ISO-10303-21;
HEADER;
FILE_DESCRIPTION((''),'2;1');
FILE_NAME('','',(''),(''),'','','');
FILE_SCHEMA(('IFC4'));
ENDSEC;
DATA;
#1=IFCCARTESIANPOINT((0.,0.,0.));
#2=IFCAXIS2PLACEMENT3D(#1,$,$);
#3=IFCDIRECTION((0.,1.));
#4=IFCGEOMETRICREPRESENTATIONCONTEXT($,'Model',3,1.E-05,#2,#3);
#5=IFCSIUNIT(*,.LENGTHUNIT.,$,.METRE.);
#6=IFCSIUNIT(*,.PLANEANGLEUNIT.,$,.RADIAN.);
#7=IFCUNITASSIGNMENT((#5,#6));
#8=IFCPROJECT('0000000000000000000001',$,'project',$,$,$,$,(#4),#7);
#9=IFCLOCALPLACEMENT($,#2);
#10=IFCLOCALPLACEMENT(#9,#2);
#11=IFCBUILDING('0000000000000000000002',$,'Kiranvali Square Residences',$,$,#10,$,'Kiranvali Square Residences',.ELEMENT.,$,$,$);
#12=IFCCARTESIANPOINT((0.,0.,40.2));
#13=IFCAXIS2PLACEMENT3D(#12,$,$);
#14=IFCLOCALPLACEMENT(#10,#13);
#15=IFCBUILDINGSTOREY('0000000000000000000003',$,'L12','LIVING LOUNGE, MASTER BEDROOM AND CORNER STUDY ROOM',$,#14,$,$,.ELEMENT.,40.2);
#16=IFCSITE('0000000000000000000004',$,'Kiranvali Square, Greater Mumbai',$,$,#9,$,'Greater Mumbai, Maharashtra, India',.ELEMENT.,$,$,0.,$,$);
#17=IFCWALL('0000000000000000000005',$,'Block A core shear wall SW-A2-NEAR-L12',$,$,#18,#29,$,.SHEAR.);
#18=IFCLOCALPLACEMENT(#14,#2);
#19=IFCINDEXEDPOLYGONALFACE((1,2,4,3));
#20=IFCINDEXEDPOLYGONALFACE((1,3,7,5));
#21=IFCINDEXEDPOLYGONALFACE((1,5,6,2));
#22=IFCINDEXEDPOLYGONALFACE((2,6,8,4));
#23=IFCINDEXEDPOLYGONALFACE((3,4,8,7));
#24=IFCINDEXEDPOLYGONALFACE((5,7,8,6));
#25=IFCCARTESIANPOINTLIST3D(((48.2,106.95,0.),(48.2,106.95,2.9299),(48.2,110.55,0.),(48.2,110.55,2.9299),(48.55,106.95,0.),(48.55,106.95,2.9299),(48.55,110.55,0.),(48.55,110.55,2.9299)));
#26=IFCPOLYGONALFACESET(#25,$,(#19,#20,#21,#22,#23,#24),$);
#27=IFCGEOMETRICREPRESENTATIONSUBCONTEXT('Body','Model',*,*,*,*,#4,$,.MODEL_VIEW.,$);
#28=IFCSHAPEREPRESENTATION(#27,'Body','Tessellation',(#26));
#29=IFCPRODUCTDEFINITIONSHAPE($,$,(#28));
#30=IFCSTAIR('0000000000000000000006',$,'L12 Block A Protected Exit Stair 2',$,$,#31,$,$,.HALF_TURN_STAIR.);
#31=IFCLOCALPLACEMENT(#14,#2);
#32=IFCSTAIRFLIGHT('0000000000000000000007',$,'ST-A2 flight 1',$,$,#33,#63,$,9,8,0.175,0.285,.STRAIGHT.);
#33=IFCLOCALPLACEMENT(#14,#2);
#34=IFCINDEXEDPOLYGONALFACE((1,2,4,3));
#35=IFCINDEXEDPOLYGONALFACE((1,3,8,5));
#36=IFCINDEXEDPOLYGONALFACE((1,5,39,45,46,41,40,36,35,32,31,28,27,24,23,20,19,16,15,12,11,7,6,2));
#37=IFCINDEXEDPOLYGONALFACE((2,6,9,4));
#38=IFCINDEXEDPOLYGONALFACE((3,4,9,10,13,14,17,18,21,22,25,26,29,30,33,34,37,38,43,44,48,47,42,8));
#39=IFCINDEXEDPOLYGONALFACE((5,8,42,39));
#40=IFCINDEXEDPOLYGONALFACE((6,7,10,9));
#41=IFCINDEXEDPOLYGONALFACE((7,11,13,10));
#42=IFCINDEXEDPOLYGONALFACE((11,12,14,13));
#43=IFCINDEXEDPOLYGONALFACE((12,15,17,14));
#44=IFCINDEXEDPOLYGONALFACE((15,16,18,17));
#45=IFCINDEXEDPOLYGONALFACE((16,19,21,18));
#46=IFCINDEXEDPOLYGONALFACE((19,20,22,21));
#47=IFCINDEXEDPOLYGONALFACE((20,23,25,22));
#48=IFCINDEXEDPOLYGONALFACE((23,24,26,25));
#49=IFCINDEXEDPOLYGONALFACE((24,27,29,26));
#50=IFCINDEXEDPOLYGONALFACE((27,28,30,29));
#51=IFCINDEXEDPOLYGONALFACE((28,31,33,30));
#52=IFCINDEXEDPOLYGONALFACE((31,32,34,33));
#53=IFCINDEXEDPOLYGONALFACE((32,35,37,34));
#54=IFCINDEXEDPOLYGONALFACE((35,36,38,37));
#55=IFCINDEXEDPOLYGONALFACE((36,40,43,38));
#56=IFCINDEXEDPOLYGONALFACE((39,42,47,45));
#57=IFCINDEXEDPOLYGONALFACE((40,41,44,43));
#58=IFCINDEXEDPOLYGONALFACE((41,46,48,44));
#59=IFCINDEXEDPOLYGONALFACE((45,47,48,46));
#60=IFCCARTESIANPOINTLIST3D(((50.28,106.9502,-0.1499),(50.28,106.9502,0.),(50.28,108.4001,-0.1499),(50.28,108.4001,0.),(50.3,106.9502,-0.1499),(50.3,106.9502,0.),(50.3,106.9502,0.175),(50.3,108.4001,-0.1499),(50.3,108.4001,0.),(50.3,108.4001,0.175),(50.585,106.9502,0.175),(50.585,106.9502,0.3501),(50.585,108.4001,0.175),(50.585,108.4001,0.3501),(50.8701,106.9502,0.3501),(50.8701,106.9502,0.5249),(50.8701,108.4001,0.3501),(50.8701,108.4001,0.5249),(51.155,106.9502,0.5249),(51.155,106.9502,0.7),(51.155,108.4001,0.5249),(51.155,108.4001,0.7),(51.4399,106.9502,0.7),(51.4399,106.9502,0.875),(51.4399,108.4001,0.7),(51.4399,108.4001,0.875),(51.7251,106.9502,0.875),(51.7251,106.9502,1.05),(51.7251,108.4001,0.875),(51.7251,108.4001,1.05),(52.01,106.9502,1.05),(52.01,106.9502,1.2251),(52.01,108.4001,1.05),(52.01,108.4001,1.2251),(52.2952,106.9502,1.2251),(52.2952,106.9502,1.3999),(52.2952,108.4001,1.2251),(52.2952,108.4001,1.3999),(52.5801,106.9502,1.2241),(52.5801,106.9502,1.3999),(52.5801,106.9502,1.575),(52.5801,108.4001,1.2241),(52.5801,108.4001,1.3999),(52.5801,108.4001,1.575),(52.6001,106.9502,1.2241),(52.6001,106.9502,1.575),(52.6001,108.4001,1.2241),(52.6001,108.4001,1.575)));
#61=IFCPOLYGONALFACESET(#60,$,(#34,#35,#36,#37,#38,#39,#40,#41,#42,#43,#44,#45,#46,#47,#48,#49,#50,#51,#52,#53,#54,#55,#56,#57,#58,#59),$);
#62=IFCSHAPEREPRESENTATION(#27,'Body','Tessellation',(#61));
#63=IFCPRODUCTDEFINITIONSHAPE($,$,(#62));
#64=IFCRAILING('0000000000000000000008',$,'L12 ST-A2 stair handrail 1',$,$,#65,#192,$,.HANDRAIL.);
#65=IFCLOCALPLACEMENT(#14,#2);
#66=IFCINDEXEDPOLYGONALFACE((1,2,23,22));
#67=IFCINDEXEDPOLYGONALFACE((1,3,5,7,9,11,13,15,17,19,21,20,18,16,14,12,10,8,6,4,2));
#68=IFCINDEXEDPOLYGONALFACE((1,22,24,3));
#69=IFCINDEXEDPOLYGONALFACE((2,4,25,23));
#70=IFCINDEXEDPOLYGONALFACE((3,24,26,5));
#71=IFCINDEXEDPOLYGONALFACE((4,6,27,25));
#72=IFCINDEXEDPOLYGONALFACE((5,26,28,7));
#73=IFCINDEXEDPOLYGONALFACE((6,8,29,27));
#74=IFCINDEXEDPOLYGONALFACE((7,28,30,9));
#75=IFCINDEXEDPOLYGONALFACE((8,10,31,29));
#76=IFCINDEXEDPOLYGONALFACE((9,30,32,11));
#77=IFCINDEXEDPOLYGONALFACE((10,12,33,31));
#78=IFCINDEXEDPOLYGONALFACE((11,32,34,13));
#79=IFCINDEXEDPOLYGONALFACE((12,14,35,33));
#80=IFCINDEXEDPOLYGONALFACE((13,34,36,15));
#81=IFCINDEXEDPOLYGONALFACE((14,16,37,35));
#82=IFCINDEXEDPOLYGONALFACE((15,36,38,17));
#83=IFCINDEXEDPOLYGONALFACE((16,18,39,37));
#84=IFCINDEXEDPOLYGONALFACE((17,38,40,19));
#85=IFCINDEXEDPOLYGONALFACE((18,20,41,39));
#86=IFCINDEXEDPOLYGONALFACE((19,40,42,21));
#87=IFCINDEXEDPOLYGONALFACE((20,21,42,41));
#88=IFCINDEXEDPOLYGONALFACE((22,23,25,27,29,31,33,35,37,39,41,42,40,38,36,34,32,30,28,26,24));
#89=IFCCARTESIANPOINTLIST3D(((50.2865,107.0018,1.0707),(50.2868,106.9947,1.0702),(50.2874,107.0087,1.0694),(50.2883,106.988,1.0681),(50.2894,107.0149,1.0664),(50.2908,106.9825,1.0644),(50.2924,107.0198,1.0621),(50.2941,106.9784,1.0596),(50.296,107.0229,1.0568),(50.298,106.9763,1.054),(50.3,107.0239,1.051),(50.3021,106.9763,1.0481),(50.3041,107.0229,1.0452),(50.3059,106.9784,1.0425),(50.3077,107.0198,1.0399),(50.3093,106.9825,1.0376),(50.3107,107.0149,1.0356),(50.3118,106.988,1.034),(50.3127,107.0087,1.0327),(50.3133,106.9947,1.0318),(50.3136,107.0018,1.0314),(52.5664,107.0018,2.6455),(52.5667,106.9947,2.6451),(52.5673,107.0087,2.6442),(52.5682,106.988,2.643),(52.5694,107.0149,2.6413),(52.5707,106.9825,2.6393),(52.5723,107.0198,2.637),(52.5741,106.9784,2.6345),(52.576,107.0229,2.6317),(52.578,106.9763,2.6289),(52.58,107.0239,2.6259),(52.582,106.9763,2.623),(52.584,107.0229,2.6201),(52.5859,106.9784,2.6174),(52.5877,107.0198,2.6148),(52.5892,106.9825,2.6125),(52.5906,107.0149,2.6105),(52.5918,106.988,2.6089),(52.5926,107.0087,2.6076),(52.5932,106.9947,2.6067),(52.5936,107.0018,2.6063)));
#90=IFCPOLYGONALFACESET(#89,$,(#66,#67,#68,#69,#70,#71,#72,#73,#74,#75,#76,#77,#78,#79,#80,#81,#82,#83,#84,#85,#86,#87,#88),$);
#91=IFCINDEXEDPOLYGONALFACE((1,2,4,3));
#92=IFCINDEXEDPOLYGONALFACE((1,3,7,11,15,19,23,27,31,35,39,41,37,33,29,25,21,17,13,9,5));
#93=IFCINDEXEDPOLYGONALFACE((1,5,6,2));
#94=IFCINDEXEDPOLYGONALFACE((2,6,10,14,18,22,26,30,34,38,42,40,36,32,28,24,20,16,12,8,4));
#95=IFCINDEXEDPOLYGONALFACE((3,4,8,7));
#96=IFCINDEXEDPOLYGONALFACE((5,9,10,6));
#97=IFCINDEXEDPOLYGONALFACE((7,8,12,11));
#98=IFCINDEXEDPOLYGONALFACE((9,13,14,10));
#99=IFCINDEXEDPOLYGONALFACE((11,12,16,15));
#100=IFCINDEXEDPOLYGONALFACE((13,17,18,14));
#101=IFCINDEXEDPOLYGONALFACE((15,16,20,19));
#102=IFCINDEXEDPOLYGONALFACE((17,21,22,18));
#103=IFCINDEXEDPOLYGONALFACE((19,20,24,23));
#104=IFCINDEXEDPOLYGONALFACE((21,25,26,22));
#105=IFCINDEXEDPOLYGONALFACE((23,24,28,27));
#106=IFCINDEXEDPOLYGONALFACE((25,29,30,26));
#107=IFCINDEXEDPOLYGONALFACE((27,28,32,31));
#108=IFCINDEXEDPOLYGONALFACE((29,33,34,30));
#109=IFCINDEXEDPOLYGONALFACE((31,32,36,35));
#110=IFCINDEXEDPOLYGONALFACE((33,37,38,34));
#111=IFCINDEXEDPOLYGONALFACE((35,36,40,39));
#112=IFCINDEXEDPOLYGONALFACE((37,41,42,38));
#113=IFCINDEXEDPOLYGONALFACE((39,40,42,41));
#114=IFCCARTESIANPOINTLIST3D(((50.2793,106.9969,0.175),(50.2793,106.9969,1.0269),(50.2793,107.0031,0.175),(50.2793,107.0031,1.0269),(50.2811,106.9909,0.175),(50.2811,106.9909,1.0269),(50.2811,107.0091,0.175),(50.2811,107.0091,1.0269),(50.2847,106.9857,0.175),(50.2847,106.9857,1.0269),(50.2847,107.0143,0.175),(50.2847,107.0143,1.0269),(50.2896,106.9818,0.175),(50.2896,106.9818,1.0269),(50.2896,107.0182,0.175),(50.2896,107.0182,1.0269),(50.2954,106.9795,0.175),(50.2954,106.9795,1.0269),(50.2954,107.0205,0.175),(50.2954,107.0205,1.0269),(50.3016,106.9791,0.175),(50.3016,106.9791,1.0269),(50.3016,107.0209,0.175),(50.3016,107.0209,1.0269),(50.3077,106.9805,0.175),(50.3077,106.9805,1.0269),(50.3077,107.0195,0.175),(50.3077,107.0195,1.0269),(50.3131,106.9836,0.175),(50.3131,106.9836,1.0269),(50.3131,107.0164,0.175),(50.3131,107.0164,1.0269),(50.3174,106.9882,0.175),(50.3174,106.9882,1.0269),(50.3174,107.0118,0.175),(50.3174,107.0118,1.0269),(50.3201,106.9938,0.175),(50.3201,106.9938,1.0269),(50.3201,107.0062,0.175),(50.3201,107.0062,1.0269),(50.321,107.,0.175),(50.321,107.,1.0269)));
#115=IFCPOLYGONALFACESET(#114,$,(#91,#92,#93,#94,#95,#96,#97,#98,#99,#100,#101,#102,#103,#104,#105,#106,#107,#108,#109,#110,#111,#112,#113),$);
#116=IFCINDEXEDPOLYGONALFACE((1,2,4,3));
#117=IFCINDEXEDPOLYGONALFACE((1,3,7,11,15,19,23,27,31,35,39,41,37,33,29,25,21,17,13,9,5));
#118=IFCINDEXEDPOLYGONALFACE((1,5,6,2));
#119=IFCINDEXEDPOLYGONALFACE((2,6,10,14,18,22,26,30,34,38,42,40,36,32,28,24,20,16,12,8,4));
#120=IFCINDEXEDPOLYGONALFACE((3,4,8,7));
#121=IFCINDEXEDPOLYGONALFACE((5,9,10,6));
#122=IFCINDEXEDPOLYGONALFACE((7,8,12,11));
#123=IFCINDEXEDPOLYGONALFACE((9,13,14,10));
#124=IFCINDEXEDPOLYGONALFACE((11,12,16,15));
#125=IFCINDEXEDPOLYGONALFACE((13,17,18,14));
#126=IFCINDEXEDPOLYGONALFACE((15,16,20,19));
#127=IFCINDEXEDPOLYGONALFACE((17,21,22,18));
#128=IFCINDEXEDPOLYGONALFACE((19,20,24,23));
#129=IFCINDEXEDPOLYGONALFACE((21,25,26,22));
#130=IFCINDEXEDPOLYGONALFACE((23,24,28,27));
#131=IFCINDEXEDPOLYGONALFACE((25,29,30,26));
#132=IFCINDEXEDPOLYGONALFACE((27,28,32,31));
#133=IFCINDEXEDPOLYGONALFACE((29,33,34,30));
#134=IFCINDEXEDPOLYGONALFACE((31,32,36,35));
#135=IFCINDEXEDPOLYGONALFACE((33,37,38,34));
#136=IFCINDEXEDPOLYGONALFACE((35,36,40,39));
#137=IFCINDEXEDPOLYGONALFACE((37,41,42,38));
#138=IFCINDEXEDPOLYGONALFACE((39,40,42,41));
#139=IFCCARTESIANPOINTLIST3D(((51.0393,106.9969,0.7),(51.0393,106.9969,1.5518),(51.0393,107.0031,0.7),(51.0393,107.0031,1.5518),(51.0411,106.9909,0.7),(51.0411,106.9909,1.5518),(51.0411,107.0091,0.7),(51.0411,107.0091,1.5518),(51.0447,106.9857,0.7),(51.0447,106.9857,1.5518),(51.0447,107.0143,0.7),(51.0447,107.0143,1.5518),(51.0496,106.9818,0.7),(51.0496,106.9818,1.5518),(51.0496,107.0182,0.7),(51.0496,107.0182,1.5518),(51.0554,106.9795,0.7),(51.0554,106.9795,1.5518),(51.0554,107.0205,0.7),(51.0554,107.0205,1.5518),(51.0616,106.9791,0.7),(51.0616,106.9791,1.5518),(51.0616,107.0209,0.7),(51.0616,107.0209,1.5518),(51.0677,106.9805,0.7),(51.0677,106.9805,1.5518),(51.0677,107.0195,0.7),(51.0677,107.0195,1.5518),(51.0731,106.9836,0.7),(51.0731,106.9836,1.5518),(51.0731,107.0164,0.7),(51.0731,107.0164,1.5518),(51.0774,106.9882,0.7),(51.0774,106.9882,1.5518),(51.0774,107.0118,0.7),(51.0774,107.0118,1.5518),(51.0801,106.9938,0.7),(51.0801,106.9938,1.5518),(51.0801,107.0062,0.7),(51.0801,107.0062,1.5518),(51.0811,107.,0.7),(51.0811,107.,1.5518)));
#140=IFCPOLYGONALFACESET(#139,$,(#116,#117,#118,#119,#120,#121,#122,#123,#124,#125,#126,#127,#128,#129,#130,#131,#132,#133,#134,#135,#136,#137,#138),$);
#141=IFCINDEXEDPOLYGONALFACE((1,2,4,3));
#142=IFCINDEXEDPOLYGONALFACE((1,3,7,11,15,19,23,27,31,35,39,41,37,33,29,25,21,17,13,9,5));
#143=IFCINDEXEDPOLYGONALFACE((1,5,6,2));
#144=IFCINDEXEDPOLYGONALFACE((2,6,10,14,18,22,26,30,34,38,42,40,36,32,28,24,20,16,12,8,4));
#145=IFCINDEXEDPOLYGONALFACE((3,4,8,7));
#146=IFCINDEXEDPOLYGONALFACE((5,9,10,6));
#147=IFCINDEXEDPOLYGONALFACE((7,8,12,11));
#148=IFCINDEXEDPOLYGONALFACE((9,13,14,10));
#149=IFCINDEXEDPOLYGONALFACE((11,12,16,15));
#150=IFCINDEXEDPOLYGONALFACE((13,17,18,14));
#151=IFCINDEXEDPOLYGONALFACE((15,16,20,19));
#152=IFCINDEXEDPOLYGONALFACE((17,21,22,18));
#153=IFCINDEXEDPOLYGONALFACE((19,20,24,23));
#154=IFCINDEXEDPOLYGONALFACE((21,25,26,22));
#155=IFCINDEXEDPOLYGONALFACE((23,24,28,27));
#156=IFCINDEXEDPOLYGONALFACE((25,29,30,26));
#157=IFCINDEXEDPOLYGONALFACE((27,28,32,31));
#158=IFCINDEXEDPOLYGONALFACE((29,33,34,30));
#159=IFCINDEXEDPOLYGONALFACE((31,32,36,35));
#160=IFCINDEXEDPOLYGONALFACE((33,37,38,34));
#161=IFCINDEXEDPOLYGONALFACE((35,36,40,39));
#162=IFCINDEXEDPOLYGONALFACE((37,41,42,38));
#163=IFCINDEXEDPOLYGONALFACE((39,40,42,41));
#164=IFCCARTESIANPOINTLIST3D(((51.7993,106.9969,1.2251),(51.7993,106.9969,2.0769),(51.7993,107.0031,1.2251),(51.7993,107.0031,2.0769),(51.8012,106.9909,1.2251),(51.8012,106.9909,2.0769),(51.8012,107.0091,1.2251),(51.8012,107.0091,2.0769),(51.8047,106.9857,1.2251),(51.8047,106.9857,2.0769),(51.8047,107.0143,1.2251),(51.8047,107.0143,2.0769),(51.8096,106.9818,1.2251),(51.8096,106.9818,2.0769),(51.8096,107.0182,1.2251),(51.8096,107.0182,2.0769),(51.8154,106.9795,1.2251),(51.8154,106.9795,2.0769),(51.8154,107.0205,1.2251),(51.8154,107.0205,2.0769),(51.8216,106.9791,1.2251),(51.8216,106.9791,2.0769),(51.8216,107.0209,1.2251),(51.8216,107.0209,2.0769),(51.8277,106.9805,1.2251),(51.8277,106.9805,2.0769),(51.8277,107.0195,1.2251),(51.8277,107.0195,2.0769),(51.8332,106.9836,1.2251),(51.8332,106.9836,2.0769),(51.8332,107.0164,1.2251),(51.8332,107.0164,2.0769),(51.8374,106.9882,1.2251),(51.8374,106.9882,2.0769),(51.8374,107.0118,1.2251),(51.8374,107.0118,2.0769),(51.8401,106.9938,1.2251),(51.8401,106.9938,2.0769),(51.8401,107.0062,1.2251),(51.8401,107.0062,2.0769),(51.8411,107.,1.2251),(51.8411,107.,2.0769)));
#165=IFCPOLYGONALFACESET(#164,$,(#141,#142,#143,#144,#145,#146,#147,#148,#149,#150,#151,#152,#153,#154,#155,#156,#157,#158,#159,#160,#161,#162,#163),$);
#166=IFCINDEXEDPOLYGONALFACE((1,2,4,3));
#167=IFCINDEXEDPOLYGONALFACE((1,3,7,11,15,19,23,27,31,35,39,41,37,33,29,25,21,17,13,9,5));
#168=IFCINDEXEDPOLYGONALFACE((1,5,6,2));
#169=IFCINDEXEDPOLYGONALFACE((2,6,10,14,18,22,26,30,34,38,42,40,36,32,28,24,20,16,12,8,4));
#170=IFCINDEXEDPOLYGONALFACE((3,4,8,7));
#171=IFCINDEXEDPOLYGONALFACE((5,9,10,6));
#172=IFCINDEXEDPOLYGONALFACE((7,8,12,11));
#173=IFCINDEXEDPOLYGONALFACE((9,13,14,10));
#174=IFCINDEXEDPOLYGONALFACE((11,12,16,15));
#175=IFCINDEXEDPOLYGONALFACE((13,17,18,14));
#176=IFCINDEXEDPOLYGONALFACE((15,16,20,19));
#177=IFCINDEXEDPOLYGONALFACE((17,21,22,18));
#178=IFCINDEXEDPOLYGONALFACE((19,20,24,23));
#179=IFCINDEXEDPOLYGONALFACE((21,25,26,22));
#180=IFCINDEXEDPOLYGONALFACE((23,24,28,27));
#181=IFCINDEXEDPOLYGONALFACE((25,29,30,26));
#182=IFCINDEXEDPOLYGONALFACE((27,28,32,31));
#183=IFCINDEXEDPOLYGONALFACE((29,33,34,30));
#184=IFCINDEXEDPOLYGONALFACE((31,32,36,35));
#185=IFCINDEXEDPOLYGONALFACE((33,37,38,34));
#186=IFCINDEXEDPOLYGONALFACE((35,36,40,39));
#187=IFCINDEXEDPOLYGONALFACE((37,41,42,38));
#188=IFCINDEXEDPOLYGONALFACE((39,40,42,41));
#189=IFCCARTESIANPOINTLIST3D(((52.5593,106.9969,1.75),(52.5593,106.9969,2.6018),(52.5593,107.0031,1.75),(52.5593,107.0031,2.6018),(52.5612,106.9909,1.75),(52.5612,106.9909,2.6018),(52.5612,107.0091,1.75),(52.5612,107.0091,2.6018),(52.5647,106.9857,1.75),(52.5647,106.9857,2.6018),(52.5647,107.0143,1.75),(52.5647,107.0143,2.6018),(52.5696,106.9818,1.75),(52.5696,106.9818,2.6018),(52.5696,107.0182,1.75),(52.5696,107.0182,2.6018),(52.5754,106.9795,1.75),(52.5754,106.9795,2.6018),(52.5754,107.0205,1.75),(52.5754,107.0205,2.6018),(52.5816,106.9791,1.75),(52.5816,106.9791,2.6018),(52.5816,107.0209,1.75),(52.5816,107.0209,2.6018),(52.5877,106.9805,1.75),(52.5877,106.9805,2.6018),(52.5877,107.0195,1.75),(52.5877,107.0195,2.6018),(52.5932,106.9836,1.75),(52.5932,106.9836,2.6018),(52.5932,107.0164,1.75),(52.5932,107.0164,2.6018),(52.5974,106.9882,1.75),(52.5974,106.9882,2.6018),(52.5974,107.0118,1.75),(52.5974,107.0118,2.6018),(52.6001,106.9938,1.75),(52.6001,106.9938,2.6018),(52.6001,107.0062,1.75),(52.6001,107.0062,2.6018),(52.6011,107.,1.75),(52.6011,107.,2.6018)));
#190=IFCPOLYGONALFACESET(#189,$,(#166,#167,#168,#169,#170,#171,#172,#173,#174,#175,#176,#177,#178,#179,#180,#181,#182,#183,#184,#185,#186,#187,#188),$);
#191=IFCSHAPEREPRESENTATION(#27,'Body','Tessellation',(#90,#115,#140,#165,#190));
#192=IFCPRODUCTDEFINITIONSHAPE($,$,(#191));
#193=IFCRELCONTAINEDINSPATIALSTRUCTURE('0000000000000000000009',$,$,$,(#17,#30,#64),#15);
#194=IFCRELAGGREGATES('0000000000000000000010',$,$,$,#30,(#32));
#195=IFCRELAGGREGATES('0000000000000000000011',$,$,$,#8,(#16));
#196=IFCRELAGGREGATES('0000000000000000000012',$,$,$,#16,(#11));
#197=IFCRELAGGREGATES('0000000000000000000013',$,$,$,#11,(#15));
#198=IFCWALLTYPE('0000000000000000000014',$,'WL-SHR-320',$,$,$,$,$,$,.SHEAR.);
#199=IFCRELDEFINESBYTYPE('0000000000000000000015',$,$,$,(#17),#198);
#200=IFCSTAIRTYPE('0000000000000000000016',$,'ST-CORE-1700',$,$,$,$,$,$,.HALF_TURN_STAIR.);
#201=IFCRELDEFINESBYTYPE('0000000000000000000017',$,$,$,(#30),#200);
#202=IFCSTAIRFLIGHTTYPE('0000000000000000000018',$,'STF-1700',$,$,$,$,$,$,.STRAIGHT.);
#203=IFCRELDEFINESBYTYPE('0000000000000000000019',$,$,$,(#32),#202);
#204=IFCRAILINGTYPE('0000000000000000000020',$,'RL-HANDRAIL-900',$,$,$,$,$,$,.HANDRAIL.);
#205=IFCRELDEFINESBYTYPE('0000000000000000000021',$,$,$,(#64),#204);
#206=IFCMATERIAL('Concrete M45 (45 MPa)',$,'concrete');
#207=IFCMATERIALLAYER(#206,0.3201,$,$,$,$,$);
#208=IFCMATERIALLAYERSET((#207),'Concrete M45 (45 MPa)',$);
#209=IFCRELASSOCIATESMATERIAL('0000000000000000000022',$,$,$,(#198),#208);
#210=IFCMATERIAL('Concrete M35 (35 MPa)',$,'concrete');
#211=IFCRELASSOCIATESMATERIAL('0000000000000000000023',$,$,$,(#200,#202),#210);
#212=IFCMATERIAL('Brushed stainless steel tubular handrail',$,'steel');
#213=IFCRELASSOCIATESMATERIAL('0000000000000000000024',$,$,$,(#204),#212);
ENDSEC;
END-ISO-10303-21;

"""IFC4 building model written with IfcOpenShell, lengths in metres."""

from ifc_helpers import new_model, si_unit, direction, frame, frame_2d, origin, origin_2d, place, context, subcontext, project, spatial, polyline, rectangle, circle, outline, extrude, material, layer, layer_set, type_object, element, aggregate, save


model = new_model("IFC4")

# Units and contexts
model_context = context("Model", 3, precision=1e-05, world=origin(), true_north=direction((0.0, 1.0)))
body_context = subcontext(model_context, "Body", "Model", "MODEL_VIEW")
ifc_project = project(units=[si_unit("LENGTHUNIT", "METRE"), si_unit("PLANEANGLEUNIT", "RADIAN")], contexts=[model_context])

# Site, building, storey
site_placement = place(None, origin())
site = spatial("IfcSite", under=ifc_project, at=site_placement, Name="Kiranvali Square, Greater Mumbai", LongName="Greater Mumbai, Maharashtra, India", CompositionType="ELEMENT", RefElevation=0.0)
building_placement = place(site_placement, origin())
building = spatial("IfcBuilding", under=site, at=building_placement, Name="Kiranvali Square Residences", LongName="Kiranvali Square Residences", CompositionType="ELEMENT")
storey_placement = place(building_placement, frame((0.0, 0.0, 40.2)))
storey = spatial("IfcBuildingStorey", under=building, at=storey_placement, Name="L12", Description="LIVING LOUNGE, MASTER BEDROOM AND CORNER STUDY ROOM", CompositionType="ELEMENT", Elevation=40.2)

# Shared definitions
ifc_material_1 = material(Name="Concrete M45 (45 MPa)", Category="concrete")

# Shared definitions
ifc_layer_1 = layer(ifc_material_1, 0.3201)
ifc_layer_set_1 = layer_set([ifc_layer_1], Name="Concrete M45 (45 MPa)")
wall_type_1 = type_object("IfcWallType", Name="WL-SHR-320", PredefinedType="SHEAR", material=ifc_layer_set_1)

# Wall
wall_1_placement = place(storey_placement, frame((48.375, 106.95, 0.0), z_axis=(0.0, 0.0, 1.0), x_axis=(0.0, 1.0, 0.0)))
element("IfcWall", 1, at=wall_1_placement, inside=storey, type_object=wall_type_1, Name="Block A core shear wall SW-A2-NEAR-L12", PredefinedType="SHEAR", context=body_context, shape_type="SweptSolid", body=[
    extrude(rectangle(XDim=3.6001, YDim=0.3501, at=frame_2d((1.8, 0.0))), origin(), (0.0, 0.0, 1.0), 2.9299),
])

# Stair, stair flight
ifc_material_2 = material(Name="Concrete M35 (35 MPa)", Category="concrete")
stair_type = type_object("IfcStairType", Name="ST-CORE-1700", PredefinedType="HALF_TURN_STAIR", material=ifc_material_2)
stair_placement = place(storey_placement, origin())
stair = element("IfcStair", 2, at=stair_placement, inside=storey, type_object=stair_type, Name="L12 Block A Protected Exit Stair 2", PredefinedType="HALF_TURN_STAIR")
stair_flight_type = type_object("IfcStairFlightType", Name="STF-1700", PredefinedType="STRAIGHT", material=ifc_material_2)
stair_flight_placement = place(storey_placement, frame((50.3, 107.675, 0.0), z_axis=(0.0, 0.0, 1.0), x_axis=(1.0, 0.0, 0.0)))
stair_flight = element("IfcStairFlight", 3, at=stair_flight_placement, type_object=stair_flight_type, Name="ST-A2 flight 1", NumberOfRisers=9, NumberOfTreads=8, PredefinedType="STRAIGHT", RiserHeight=0.175, TreadLength=0.285, context=body_context, shape_type="SweptSolid", body=[
    extrude(outline(polyline([(-0.02, -0.1499), (-0.02, 0.0), (0.0, 0.0), (0.0, 0.175), (0.2849, 0.175), (0.2849, 0.3501), (0.5701, 0.3501), (0.5701, 0.5249), (0.855, 0.5249), (0.855, 0.7), (1.1399, 0.7), (1.1399, 0.875), (1.425, 0.875), (1.425, 1.05), (1.71, 1.05), (1.71, 1.2251), (1.9951, 1.2251), (1.9951, 1.3999), (2.28, 1.3999), (2.28, 1.575), (2.3, 1.575), (2.3, 1.2241), (2.28, 1.2241), (0.0, -0.1499), (-0.02, -0.1499)])), frame((0.0, 0.7251, 0.0), z_axis=(0.0, -1.0, 0.0), x_axis=(1.0, 0.0, 0.0)), (0.0, 0.0, 1.0), 1.45),
])
aggregate(stair, [stair_flight])

# Railing
ifc_material_3 = material(Name="Brushed stainless steel tubular handrail", Category="steel")
railing_type_1 = type_object("IfcRailingType", Name="RL-HANDRAIL-900", PredefinedType="HANDRAIL", material=ifc_material_3)
railing_1_placement = place(storey_placement, frame((50.3, 107.0, 0.175)))
element("IfcRailing", 4, at=railing_1_placement, inside=storey, type_object=railing_type_1, Name="L12 ST-A2 stair handrail 1", PredefinedType="HANDRAIL", context=body_context, shape_type="SweptSolid", body=[
    extrude(circle(Radius=0.0239, at=origin_2d()), frame((0.0, 0.0, 0.876), z_axis=(0.822788, 0.0, 0.568348), x_axis=(0.0, 1.0, 0.0)), (0.0, 0.0, 1.0), 2.771),
    extrude(circle(Radius=0.021, at=origin_2d()), origin(), (0.0, 0.0, 1.0), 0.8518),
    extrude(circle(Radius=0.021, at=origin_2d()), frame((0.76, 0.0, 0.5249)), (0.0, 0.0, 1.0), 0.8518),
    extrude(circle(Radius=0.021, at=origin_2d()), frame((1.52, 0.0, 1.05)), (0.0, 0.0, 1.0), 0.8518),
    extrude(circle(Radius=0.021, at=origin_2d()), frame((2.28, 0.0, 1.575)), (0.0, 0.0, 1.0), 0.8518),
])

save(model, "model.ifc")
